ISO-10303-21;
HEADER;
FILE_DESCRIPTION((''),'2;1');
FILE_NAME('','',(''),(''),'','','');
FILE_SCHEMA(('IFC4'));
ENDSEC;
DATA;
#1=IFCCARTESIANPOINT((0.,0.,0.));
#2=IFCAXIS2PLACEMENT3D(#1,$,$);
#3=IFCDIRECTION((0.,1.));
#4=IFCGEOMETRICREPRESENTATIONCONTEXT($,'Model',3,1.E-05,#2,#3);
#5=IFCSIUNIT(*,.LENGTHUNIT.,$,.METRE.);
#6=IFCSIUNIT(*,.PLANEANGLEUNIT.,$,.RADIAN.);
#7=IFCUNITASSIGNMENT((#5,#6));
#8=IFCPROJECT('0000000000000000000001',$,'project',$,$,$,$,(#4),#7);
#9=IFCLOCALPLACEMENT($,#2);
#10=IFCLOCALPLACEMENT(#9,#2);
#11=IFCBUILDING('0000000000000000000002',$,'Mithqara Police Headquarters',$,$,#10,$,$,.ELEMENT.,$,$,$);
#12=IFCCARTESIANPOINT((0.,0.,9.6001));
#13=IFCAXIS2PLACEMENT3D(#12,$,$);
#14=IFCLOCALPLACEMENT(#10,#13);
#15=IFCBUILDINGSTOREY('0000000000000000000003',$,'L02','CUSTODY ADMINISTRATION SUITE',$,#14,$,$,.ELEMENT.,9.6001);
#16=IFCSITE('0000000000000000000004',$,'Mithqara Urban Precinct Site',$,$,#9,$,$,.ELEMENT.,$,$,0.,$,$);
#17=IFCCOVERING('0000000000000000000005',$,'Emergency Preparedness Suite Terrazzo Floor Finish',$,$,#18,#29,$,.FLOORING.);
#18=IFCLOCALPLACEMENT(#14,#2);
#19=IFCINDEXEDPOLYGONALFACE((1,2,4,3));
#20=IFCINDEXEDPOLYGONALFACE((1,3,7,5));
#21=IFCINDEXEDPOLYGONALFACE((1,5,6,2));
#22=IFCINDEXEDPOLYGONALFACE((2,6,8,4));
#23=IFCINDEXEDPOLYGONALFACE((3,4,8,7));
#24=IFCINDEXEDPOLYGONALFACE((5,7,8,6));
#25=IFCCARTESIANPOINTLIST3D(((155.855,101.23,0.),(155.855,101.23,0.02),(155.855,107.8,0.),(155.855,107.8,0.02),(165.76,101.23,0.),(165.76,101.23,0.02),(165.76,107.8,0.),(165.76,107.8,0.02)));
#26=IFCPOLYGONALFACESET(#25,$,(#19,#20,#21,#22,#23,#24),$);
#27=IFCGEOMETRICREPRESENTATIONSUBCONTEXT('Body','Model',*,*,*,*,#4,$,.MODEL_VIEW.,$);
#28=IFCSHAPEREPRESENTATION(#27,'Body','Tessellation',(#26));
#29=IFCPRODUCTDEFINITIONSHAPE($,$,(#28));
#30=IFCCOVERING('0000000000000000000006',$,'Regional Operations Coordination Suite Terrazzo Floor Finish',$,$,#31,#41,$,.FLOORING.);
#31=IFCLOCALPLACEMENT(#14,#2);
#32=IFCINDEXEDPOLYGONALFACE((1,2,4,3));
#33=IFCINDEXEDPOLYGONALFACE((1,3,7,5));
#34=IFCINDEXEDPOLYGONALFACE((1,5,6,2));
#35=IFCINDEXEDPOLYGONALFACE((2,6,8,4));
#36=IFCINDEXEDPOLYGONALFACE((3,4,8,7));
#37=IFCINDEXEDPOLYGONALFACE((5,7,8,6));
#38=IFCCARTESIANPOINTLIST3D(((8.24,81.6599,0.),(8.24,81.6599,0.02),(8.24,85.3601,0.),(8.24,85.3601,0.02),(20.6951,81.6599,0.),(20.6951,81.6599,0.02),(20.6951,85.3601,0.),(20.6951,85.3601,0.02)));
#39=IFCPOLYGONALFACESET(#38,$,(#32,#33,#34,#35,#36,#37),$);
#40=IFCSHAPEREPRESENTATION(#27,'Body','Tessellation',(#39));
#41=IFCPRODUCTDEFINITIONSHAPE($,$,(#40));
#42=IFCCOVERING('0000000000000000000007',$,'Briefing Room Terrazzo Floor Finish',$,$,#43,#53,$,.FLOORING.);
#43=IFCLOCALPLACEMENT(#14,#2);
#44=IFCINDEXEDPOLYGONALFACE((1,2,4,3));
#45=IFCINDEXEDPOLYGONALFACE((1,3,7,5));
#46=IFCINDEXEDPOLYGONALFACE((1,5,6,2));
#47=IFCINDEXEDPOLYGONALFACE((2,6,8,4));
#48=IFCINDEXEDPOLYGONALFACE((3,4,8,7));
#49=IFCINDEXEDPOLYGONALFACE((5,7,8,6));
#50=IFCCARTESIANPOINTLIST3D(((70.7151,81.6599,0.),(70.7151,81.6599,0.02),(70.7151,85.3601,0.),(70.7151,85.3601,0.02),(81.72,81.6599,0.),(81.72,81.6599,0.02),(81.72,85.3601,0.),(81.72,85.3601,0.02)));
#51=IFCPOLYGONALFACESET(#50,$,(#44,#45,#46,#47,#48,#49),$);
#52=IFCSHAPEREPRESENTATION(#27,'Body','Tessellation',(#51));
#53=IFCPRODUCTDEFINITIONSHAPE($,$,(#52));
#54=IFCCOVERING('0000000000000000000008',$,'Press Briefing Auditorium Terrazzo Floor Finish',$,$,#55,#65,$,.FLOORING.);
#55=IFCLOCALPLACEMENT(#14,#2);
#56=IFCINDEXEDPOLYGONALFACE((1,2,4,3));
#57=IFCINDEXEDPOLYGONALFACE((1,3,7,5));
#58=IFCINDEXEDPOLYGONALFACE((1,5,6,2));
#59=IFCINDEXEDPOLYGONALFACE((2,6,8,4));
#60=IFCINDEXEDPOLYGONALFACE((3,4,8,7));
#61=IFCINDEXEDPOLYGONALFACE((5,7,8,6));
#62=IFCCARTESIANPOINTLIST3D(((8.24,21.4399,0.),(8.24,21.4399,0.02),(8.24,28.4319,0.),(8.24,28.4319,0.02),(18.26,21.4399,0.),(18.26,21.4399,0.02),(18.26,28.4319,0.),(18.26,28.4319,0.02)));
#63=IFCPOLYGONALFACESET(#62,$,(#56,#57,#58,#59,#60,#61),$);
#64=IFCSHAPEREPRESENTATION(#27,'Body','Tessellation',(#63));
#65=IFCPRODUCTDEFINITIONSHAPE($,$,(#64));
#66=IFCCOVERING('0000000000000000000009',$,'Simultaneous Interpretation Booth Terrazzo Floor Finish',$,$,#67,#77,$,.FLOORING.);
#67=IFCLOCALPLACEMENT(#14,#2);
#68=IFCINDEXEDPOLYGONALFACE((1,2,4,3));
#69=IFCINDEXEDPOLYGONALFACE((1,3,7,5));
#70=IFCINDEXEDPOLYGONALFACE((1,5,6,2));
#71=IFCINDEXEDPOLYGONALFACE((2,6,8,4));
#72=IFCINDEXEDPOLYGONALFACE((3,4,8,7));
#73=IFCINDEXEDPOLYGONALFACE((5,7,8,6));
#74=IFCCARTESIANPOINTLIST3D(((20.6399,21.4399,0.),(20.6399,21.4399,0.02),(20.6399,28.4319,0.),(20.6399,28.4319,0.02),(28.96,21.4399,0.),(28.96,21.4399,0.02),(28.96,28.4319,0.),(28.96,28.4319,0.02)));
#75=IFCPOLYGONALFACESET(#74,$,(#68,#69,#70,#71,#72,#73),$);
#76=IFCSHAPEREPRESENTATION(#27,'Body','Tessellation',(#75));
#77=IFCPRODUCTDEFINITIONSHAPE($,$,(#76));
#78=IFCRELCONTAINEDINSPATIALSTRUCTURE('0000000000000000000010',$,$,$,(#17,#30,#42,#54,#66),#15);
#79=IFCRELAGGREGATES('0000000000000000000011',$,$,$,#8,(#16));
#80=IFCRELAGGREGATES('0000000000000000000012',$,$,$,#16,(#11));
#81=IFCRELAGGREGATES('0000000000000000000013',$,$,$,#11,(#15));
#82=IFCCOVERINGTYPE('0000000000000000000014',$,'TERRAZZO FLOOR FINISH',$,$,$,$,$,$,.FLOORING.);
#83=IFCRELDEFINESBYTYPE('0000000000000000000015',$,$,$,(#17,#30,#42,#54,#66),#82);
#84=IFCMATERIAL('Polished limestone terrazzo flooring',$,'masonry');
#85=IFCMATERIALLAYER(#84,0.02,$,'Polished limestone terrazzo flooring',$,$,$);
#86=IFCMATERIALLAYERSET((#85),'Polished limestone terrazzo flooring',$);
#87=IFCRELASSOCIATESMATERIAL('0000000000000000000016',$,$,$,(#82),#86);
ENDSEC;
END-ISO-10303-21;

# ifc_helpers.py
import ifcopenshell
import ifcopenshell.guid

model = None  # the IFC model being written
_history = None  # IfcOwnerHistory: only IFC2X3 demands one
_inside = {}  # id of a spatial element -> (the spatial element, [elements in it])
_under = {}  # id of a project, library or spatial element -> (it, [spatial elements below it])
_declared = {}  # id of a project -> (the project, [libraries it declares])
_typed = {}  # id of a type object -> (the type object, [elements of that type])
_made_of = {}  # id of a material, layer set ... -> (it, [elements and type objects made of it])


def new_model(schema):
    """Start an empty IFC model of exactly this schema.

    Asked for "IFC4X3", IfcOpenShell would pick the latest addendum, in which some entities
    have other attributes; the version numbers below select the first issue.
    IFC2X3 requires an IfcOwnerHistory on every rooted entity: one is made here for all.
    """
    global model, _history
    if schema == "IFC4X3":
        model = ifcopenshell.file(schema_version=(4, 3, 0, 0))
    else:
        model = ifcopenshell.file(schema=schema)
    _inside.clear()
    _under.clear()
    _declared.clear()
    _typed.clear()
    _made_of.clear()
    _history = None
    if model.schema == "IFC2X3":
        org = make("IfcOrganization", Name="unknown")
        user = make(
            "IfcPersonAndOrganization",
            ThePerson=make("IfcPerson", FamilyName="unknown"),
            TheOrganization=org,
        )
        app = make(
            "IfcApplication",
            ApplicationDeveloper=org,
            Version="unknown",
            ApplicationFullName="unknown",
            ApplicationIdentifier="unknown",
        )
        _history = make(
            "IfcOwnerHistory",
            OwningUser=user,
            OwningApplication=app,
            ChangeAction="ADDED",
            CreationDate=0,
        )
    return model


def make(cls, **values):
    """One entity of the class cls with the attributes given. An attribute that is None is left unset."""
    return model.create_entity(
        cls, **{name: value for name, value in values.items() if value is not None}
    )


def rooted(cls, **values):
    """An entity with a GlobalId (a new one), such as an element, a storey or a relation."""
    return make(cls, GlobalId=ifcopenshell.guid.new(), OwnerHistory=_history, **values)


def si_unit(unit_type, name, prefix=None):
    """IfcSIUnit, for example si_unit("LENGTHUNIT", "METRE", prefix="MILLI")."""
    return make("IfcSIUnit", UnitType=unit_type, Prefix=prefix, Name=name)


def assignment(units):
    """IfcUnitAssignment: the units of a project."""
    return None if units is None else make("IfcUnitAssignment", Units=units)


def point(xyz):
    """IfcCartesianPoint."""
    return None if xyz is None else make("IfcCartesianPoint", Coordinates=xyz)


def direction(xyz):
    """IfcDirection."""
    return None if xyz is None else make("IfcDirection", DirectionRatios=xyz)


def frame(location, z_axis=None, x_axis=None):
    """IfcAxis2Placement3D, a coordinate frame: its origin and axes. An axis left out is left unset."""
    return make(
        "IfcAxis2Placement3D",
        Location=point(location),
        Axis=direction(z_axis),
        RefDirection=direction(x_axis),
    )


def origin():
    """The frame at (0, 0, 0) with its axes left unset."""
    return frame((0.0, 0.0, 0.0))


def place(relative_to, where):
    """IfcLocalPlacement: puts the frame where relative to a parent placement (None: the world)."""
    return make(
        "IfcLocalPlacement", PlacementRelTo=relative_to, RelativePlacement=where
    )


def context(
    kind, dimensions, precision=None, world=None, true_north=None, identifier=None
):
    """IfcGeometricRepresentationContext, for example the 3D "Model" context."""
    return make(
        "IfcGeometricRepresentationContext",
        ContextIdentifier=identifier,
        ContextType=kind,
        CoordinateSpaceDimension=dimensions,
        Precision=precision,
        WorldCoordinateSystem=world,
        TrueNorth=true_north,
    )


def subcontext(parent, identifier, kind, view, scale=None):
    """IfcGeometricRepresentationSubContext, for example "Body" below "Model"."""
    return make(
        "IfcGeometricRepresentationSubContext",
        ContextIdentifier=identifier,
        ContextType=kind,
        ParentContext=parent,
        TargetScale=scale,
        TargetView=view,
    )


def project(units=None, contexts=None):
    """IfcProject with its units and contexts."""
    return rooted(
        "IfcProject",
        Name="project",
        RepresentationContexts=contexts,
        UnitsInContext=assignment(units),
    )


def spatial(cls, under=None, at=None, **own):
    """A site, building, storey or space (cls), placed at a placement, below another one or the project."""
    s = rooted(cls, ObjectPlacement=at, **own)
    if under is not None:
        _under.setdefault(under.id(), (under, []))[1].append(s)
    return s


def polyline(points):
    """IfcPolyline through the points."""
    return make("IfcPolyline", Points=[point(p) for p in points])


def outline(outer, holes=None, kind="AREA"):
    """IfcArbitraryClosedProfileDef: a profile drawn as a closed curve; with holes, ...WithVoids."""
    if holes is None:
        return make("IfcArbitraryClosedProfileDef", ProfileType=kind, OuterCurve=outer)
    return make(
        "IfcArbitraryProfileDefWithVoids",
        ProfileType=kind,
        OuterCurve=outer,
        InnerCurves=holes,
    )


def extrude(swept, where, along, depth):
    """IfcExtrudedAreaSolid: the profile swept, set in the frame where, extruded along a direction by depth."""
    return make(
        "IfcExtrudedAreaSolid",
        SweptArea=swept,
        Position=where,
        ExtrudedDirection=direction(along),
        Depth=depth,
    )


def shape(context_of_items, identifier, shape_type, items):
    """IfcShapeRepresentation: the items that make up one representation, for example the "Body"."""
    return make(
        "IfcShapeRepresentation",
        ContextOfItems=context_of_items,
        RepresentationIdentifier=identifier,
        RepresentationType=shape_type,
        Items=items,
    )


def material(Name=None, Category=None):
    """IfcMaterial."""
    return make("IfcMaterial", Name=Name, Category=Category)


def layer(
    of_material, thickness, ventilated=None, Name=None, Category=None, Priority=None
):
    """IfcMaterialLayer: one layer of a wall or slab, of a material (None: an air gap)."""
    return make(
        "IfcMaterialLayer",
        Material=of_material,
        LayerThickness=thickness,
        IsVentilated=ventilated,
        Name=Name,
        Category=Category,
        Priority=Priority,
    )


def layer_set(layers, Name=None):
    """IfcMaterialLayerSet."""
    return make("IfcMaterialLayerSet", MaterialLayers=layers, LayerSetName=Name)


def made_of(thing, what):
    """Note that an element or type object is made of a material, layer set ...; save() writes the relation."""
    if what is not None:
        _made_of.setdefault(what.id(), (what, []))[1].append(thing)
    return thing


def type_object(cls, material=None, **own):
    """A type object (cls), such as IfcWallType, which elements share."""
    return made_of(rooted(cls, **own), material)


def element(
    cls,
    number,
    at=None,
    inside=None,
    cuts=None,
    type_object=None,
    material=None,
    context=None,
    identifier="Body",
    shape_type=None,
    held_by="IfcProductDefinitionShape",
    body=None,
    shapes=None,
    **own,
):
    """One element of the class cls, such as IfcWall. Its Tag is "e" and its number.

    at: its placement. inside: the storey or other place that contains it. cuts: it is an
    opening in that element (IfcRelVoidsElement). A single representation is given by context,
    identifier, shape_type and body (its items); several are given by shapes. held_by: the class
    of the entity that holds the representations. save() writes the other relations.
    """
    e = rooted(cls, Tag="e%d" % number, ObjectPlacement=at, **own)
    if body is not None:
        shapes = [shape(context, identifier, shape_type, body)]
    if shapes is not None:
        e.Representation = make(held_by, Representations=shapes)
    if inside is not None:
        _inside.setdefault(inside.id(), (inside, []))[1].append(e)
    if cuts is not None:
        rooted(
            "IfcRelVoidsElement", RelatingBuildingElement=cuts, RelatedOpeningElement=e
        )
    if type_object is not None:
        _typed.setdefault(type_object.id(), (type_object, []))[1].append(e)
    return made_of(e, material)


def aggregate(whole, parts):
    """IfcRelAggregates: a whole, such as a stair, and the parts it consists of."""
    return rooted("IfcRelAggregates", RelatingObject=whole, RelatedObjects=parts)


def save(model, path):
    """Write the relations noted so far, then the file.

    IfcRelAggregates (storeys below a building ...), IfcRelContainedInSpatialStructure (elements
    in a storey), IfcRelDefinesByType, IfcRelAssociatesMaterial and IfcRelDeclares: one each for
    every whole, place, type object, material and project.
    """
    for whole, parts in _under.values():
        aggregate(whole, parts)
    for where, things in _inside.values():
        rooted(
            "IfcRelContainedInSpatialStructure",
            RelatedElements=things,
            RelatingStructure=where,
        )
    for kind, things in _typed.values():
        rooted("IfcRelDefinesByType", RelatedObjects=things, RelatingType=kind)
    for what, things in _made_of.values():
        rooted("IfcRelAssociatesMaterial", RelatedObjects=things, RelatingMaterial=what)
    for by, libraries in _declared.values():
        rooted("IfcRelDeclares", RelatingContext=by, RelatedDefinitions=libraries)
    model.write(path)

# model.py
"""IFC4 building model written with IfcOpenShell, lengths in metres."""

from ifc_helpers import new_model, si_unit, direction, frame, origin, place, context, subcontext, project, spatial, polyline, outline, extrude, material, layer, layer_set, type_object, element, save


model = new_model("IFC4")

# Units and contexts
model_context = context("Model", 3, precision=1e-05, world=origin(), true_north=direction((0.0, 1.0)))
body_context = subcontext(model_context, "Body", "Model", "MODEL_VIEW")
ifc_project = project(units=[si_unit("LENGTHUNIT", "METRE"), si_unit("PLANEANGLEUNIT", "RADIAN")], contexts=[model_context])

# Site, building, storey
site_placement = place(None, origin())
site = spatial("IfcSite", under=ifc_project, at=site_placement, Name="Mithqara Urban Precinct Site", CompositionType="ELEMENT", RefElevation=0.0)
building_placement = place(site_placement, origin())
building = spatial("IfcBuilding", under=site, at=building_placement, Name="Mithqara Police Headquarters", CompositionType="ELEMENT")
storey_placement = place(building_placement, frame((0.0, 0.0, 9.6001)))
storey = spatial("IfcBuildingStorey", under=building, at=storey_placement, Name="L02", Description="CUSTODY ADMINISTRATION SUITE", CompositionType="ELEMENT", Elevation=9.6001)

# Coverings
ifc_material_1 = material(Name="Polished limestone terrazzo flooring", Category="masonry")
ifc_layer_1 = layer(ifc_material_1, 0.02, Name="Polished limestone terrazzo flooring")
ifc_layer_set_1 = layer_set([ifc_layer_1], Name="Polished limestone terrazzo flooring")
covering_type_1 = type_object("IfcCoveringType", Name="TERRAZZO FLOOR FINISH", PredefinedType="FLOORING", material=ifc_layer_set_1)
covering_1_placement = place(storey_placement, origin())
element("IfcCovering", 1, at=covering_1_placement, inside=storey, type_object=covering_type_1, Name="Emergency Preparedness Suite Terrazzo Floor Finish", PredefinedType="FLOORING", context=body_context, shape_type="SweptSolid", body=[
    extrude(outline(polyline([(155.855, 101.23), (165.76, 101.23), (165.76, 107.8), (155.855, 107.8), (155.855, 101.23)])), origin(), (0.0, 0.0, 1.0), 0.02),
])
covering_2_placement = place(storey_placement, origin())
element("IfcCovering", 2, at=covering_2_placement, inside=storey, type_object=covering_type_1, Name="Regional Operations Coordination Suite Terrazzo Floor Finish", PredefinedType="FLOORING", context=body_context, shape_type="SweptSolid", body=[
    extrude(outline(polyline([(8.24, 81.6599), (20.6951, 81.6599), (20.6951, 85.3601), (8.24, 85.3601), (8.24, 81.6599)])), origin(), (0.0, 0.0, 1.0), 0.02),
])
covering_3_placement = place(storey_placement, origin())
element("IfcCovering", 3, at=covering_3_placement, inside=storey, type_object=covering_type_1, Name="Briefing Room Terrazzo Floor Finish", PredefinedType="FLOORING", context=body_context, shape_type="SweptSolid", body=[
    extrude(outline(polyline([(70.7151, 81.6599), (81.72, 81.6599), (81.72, 85.3601), (70.7151, 85.3601), (70.7151, 81.6599)])), origin(), (0.0, 0.0, 1.0), 0.02),
])
covering_4_placement = place(storey_placement, origin())
element("IfcCovering", 4, at=covering_4_placement, inside=storey, type_object=covering_type_1, Name="Press Briefing Auditorium Terrazzo Floor Finish", PredefinedType="FLOORING", context=body_context, shape_type="SweptSolid", body=[
    extrude(outline(polyline([(8.24, 21.4399), (18.26, 21.4399), (18.26, 28.4319), (8.24, 28.4319), (8.24, 21.4399)])), origin(), (0.0, 0.0, 1.0), 0.02),
])
covering_5_placement = place(storey_placement, origin())
element("IfcCovering", 5, at=covering_5_placement, inside=storey, type_object=covering_type_1, Name="Simultaneous Interpretation Booth Terrazzo Floor Finish", PredefinedType="FLOORING", context=body_context, shape_type="SweptSolid", body=[
    extrude(outline(polyline([(20.6399, 21.4399), (28.96, 21.4399), (28.96, 28.4319), (20.6399, 28.4319), (20.6399, 21.4399)])), origin(), (0.0, 0.0, 1.0), 0.02),
])

save(model, "model.ifc")
